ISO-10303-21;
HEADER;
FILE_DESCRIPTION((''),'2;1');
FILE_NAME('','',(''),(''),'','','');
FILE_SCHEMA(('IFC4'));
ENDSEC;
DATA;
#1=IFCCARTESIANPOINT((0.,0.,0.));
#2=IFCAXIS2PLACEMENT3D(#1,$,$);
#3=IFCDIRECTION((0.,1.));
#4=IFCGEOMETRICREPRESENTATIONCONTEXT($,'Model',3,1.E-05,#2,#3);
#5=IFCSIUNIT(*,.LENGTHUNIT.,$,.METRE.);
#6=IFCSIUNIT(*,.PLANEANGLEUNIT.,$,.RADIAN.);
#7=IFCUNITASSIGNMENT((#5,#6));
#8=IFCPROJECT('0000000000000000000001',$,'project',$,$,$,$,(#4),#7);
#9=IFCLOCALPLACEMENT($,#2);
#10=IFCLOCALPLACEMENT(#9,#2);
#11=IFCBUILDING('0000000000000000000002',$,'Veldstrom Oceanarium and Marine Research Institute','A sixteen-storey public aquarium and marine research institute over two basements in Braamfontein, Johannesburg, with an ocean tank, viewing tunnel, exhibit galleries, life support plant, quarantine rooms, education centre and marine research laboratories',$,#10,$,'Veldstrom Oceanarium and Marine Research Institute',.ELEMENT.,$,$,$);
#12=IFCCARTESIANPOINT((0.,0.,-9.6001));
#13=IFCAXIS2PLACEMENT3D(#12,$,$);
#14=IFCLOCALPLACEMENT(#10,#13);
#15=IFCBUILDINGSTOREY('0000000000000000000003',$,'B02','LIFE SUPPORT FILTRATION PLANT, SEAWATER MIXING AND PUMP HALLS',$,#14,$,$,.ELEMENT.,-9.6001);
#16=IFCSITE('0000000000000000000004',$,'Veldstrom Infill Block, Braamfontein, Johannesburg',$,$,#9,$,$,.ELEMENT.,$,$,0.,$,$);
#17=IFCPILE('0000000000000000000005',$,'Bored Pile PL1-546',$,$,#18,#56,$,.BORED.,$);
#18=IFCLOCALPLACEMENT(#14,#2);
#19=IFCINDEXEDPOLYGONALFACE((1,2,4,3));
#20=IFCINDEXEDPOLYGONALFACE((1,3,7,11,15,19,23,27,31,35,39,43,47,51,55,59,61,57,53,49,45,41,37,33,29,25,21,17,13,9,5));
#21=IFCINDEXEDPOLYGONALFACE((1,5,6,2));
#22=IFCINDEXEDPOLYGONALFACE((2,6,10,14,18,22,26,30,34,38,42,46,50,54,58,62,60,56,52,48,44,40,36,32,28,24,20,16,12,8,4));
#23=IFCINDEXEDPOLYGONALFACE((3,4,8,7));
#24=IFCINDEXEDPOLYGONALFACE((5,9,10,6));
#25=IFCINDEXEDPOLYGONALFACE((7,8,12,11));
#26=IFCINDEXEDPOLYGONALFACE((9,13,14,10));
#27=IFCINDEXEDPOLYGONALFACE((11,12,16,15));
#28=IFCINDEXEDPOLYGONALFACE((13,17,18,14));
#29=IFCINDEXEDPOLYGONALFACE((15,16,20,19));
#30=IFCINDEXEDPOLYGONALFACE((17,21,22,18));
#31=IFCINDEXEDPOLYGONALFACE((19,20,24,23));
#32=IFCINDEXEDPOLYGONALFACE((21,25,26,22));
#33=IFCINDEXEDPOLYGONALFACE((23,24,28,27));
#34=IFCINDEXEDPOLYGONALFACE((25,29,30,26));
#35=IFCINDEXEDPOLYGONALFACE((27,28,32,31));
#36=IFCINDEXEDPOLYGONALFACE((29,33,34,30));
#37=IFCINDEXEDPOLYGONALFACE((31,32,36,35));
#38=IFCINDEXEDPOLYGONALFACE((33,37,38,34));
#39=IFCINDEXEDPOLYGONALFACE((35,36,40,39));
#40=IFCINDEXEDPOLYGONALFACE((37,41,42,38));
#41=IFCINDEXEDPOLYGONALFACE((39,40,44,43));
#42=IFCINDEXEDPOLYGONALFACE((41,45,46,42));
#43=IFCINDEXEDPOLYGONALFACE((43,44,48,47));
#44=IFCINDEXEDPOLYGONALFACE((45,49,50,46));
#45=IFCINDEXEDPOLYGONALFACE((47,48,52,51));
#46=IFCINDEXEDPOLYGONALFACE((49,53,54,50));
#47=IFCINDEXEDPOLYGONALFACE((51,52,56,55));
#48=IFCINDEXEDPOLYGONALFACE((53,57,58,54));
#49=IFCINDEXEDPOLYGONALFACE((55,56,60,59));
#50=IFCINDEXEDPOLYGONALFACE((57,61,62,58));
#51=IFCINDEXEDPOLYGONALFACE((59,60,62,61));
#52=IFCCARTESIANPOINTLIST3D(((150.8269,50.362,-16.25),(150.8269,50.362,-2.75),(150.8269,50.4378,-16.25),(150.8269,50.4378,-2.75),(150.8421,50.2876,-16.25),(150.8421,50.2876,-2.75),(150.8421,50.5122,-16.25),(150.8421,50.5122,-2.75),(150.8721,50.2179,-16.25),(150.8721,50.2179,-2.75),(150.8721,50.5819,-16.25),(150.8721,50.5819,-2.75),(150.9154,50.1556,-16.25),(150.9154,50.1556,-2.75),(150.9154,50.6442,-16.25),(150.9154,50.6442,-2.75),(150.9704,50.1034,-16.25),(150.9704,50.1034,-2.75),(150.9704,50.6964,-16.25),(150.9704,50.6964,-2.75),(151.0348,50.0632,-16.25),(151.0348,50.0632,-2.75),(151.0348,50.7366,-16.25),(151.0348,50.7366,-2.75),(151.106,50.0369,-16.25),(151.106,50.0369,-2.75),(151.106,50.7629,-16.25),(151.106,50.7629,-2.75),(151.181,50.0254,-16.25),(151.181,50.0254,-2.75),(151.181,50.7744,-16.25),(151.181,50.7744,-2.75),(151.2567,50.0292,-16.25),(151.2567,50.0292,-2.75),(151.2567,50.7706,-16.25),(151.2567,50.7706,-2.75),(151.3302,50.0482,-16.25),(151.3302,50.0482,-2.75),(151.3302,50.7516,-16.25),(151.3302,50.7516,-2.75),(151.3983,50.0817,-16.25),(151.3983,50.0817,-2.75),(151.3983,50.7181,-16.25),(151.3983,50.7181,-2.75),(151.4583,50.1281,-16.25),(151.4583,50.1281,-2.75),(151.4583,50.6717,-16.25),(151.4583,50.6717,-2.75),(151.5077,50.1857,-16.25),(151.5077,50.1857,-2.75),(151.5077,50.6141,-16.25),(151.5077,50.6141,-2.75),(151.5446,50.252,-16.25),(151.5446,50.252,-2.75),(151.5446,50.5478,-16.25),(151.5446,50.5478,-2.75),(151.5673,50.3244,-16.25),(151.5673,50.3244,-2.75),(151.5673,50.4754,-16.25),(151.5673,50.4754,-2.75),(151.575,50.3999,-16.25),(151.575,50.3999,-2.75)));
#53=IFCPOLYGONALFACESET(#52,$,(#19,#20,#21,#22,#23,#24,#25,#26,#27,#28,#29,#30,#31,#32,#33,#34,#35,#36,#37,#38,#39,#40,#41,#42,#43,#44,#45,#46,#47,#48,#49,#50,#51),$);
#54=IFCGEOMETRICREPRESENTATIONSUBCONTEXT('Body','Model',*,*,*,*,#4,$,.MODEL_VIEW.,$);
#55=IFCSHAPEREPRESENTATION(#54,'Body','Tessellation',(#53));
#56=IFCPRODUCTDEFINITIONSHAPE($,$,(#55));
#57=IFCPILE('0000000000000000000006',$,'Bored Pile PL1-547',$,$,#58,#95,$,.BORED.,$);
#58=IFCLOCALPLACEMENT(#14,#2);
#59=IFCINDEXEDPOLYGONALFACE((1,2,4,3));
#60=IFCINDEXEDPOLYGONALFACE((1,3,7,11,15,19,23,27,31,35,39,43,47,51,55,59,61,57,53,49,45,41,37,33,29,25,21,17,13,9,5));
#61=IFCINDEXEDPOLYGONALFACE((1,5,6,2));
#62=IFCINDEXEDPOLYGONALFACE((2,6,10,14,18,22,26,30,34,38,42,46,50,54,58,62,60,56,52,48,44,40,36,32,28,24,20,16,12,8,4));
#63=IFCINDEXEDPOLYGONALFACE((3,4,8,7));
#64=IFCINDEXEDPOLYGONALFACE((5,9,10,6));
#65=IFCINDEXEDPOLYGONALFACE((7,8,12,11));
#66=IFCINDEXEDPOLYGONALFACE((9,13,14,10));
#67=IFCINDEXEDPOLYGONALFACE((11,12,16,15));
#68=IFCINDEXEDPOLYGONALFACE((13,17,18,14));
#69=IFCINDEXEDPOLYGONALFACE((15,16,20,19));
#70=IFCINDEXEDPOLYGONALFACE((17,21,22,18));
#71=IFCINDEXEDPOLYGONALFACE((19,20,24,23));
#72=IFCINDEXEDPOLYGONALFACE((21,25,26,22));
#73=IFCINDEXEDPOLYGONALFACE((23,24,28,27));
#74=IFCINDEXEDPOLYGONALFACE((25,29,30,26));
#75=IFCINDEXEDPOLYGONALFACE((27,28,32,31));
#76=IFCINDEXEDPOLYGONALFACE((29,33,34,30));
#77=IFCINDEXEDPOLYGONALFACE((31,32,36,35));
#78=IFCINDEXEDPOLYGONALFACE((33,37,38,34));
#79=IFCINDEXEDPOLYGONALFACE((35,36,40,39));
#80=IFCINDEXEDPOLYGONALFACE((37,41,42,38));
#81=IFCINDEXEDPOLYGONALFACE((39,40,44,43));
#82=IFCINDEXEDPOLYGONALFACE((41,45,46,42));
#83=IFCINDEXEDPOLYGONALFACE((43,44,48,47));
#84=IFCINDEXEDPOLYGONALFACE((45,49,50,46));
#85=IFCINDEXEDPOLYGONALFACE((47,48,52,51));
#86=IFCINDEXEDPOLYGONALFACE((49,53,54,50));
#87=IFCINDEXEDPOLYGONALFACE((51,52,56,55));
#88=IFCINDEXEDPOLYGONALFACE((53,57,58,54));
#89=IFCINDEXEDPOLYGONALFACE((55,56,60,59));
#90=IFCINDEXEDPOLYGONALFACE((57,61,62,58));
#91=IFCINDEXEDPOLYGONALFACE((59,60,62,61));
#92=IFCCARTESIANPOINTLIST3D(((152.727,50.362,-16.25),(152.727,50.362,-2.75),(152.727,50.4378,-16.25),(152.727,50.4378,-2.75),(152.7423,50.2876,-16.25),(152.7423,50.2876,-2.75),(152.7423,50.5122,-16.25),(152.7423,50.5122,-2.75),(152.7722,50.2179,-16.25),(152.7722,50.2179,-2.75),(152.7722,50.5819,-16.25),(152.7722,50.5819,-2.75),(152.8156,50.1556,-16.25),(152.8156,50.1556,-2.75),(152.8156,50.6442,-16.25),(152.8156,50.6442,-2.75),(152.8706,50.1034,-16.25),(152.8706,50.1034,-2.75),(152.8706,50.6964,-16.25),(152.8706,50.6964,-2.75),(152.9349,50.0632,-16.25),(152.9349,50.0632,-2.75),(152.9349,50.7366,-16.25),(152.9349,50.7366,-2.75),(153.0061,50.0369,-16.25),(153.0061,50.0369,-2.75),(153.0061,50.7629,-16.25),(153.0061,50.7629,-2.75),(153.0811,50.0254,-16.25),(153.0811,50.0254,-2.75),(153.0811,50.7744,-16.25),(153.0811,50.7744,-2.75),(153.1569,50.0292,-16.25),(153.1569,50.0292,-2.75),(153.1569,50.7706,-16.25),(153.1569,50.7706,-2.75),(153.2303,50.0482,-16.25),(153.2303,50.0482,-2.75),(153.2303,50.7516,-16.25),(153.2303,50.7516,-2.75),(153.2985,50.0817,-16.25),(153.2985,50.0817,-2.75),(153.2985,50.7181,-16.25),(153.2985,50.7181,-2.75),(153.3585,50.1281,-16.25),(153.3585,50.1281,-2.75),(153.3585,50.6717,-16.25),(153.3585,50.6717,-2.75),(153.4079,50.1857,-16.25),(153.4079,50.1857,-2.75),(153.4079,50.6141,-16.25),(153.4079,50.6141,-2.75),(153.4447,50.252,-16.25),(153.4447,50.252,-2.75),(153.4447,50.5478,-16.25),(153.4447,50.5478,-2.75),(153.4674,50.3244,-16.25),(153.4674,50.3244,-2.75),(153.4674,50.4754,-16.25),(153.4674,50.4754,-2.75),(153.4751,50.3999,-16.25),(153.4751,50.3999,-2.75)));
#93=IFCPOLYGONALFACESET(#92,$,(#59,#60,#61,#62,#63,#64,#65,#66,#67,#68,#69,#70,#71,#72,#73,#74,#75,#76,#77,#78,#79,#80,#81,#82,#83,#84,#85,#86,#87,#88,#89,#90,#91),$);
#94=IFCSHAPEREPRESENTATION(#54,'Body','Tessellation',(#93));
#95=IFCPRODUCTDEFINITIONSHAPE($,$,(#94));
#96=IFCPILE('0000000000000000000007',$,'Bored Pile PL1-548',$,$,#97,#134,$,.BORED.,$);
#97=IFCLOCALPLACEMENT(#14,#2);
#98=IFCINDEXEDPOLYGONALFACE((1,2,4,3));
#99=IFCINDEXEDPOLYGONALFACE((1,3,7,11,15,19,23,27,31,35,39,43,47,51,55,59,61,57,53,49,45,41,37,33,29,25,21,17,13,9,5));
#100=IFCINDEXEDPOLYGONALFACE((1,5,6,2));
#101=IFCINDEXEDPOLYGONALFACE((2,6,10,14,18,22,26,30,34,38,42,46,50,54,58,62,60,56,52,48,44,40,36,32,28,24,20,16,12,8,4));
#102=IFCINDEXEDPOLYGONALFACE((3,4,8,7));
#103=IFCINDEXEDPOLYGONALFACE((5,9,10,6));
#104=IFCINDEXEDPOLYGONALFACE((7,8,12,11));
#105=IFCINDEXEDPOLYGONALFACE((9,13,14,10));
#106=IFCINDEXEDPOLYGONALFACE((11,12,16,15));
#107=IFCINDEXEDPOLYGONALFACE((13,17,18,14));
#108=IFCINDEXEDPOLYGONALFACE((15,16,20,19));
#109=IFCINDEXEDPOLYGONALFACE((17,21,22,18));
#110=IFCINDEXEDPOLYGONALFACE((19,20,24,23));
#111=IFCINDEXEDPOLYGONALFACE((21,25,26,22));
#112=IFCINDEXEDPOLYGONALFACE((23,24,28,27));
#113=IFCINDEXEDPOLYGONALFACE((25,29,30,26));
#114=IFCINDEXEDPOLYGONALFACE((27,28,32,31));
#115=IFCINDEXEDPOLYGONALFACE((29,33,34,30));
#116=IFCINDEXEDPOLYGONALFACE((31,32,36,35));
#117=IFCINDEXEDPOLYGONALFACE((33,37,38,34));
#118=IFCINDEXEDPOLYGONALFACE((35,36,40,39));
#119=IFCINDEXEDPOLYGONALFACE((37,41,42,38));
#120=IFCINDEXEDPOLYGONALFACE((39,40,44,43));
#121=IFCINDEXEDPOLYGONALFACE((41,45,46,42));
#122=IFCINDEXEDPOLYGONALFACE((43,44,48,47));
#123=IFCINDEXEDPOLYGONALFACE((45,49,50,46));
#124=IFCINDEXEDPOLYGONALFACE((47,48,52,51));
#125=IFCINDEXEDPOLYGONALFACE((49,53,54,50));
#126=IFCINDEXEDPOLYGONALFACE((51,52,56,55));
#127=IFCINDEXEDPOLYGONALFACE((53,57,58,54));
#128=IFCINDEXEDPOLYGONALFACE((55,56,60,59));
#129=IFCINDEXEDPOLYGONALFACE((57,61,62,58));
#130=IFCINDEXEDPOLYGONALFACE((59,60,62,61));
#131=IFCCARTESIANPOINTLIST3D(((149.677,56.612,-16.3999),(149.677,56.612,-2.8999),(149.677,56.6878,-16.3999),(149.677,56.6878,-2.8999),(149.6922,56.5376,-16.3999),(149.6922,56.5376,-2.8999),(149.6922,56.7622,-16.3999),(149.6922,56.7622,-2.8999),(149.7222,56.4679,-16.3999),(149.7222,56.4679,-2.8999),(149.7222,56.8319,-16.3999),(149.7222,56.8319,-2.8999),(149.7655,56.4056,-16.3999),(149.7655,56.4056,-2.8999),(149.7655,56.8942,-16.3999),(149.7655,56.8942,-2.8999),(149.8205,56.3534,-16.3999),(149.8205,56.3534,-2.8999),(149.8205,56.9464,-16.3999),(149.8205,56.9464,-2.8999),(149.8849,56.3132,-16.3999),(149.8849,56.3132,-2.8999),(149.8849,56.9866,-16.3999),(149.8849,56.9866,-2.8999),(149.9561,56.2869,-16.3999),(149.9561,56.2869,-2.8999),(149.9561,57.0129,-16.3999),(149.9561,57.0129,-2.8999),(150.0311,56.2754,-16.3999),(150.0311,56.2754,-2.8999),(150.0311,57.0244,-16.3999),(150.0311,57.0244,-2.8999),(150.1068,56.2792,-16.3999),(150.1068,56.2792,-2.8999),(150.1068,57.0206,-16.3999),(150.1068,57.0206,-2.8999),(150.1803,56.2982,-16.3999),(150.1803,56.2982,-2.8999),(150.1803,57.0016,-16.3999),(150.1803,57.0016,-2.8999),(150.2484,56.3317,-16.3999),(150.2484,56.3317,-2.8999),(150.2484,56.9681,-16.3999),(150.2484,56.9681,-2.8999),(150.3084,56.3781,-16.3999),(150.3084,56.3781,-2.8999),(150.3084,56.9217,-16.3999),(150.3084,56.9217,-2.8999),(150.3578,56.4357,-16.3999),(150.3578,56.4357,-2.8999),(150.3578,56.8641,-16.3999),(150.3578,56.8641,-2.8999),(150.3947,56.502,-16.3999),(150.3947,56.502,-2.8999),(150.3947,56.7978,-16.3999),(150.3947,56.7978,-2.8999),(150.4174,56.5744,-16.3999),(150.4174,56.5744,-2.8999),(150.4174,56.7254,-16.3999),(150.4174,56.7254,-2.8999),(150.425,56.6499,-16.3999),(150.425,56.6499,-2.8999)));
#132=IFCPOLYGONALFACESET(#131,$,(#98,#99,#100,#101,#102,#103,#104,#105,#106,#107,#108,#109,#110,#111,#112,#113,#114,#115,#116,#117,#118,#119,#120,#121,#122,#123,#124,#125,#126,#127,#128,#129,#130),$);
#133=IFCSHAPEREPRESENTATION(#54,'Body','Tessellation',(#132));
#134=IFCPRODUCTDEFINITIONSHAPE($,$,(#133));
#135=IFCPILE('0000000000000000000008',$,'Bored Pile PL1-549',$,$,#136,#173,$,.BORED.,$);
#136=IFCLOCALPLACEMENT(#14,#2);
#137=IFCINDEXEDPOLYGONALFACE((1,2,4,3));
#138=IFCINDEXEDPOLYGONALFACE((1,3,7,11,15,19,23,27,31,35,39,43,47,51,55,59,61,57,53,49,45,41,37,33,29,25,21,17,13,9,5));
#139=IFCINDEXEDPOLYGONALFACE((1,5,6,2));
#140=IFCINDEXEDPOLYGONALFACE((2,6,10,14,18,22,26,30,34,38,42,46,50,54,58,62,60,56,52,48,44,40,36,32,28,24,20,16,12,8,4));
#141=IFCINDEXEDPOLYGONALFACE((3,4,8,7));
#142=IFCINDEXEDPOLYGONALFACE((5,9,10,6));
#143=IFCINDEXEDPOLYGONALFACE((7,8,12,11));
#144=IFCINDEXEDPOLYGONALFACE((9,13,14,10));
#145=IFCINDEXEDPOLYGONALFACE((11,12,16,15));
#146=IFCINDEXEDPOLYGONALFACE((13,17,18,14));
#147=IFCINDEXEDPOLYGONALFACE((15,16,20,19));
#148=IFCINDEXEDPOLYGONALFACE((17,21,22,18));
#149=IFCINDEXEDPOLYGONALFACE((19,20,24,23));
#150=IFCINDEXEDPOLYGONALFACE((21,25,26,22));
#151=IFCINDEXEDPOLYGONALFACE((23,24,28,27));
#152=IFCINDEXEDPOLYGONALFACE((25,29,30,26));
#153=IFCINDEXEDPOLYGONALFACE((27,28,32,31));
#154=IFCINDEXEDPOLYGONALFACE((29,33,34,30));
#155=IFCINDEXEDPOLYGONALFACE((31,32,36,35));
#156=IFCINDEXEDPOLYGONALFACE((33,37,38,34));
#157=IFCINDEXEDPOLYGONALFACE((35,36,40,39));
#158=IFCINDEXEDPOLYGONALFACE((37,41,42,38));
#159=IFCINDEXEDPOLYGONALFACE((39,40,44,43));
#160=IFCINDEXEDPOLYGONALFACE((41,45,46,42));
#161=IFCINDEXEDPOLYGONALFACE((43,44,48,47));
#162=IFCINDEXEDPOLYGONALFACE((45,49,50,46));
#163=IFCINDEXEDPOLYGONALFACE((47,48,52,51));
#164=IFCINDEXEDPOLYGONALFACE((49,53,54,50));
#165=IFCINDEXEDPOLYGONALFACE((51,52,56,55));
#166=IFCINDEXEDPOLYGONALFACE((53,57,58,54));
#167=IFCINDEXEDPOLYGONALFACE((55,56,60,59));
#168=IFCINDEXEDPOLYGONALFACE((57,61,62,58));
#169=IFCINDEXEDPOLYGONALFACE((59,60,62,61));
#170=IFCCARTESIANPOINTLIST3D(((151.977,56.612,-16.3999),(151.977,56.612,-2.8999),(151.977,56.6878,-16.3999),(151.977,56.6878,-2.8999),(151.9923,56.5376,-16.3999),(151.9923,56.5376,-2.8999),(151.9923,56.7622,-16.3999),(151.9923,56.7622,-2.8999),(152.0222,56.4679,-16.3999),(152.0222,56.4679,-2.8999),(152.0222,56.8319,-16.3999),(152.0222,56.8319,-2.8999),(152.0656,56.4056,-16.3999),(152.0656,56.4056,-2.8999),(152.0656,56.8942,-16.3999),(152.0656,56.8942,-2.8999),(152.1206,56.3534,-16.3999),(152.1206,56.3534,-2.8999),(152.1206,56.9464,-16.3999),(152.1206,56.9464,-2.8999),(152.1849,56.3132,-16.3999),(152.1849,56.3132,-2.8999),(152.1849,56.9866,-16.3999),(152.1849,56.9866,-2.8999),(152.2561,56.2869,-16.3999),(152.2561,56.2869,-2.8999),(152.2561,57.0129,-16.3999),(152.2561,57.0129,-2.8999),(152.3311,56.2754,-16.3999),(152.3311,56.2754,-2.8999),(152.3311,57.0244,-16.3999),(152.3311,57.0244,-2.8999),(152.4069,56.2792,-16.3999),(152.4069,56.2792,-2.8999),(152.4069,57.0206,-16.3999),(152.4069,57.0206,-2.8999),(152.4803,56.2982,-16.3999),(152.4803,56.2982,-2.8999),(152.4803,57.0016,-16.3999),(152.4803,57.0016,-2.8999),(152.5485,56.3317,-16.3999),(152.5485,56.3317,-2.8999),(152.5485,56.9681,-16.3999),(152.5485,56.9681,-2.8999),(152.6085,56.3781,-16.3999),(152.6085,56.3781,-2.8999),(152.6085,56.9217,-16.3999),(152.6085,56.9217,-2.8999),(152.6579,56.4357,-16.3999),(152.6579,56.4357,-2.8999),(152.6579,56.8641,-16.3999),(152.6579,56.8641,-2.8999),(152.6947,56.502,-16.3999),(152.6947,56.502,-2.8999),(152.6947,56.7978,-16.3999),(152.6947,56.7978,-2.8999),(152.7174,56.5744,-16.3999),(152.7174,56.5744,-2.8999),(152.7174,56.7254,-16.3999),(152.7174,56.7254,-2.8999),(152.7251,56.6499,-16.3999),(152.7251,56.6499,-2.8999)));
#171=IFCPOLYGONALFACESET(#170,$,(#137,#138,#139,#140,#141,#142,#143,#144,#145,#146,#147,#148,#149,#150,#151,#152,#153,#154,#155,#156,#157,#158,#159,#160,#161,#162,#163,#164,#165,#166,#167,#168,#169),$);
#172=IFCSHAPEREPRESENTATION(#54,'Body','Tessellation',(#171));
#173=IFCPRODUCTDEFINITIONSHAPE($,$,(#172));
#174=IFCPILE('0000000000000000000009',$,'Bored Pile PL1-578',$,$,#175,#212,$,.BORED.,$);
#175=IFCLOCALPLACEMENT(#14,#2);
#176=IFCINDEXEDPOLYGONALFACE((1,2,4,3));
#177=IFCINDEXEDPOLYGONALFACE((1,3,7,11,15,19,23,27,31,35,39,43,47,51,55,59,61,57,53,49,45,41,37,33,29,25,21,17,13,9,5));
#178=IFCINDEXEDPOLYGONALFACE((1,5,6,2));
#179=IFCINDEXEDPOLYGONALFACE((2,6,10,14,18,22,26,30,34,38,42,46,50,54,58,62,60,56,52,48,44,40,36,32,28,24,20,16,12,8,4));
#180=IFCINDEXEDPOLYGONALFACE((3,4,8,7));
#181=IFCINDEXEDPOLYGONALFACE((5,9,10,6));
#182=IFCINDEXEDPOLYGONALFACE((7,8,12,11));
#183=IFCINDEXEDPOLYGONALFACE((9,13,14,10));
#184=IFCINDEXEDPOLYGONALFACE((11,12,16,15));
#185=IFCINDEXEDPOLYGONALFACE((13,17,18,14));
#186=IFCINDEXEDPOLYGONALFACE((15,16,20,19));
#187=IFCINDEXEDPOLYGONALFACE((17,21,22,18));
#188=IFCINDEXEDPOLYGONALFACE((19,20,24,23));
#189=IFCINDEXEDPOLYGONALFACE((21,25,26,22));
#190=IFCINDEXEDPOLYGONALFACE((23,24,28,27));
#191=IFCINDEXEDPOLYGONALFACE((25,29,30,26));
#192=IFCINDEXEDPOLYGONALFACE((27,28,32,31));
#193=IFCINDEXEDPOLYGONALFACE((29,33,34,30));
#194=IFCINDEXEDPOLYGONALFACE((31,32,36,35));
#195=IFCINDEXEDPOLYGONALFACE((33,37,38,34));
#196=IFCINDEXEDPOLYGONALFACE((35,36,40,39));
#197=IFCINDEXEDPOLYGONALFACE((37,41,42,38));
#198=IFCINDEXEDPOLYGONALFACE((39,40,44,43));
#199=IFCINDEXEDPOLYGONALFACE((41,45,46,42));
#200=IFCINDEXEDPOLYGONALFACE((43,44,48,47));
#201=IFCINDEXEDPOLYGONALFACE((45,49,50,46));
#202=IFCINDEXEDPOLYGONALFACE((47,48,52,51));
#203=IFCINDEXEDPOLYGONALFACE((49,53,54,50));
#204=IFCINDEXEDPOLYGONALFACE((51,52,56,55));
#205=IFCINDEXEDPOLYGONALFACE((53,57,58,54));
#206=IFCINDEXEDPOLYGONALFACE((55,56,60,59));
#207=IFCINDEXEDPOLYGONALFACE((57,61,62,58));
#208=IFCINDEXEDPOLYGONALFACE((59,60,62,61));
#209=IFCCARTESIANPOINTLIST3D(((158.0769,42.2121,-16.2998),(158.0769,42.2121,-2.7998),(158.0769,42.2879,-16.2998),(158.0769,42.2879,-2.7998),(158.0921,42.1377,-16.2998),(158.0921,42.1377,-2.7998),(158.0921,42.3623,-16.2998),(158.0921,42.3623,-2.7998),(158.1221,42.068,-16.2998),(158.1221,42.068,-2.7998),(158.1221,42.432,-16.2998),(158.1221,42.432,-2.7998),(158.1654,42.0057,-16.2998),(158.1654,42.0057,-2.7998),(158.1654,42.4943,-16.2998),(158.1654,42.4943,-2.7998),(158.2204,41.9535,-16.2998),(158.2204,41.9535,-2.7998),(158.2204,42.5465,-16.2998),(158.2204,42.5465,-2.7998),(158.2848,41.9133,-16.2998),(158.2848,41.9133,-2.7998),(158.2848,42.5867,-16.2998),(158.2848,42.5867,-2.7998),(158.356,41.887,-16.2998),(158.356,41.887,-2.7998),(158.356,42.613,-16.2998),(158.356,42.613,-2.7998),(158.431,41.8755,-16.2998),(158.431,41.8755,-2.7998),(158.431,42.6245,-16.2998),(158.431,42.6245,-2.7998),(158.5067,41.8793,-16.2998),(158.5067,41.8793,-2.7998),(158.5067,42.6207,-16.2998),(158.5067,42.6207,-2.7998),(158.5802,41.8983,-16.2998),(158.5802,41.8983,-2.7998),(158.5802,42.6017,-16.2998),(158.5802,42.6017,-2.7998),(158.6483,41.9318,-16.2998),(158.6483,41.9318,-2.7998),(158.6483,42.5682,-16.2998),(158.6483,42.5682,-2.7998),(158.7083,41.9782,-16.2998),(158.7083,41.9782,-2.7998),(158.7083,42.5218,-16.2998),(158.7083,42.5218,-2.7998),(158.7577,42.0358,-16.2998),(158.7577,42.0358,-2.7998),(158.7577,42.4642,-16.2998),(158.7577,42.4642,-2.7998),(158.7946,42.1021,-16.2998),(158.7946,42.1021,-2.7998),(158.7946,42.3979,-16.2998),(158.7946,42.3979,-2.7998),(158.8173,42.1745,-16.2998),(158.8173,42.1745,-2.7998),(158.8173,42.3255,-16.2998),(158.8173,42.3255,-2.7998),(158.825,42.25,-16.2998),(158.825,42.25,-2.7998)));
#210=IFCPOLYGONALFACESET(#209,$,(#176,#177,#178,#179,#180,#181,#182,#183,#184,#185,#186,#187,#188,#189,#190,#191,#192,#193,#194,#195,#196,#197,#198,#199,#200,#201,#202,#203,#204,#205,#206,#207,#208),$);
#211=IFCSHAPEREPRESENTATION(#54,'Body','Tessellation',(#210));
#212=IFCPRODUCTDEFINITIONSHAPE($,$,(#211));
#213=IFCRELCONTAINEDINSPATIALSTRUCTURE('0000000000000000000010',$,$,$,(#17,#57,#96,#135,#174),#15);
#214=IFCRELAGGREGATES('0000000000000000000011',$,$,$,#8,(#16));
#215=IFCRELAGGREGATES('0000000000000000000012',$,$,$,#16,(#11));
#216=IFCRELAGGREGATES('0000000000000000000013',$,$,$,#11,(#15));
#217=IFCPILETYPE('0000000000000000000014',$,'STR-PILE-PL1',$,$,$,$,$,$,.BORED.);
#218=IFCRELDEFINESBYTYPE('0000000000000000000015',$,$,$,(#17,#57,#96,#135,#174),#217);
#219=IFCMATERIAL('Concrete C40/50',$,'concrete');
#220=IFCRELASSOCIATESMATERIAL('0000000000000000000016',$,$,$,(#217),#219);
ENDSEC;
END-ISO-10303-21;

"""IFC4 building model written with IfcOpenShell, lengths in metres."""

from ifc_helpers import new_model, si_unit, direction, frame, origin, origin_2d, place, context, subcontext, project, spatial, circle, extrude, material, material_profile, profile_set, type_object, element, save


model = new_model("IFC4")

# Units and contexts
model_context = context("Model", 3, precision=1e-05, world=origin(), true_north=direction((0.0, 1.0)))
body_context = subcontext(model_context, "Body", "Model", "MODEL_VIEW")
ifc_project = project(units=[si_unit("LENGTHUNIT", "METRE"), si_unit("PLANEANGLEUNIT", "RADIAN")], contexts=[model_context])

# Site, building, storey
site_placement = place(None, origin())
site = spatial("IfcSite", under=ifc_project, at=site_placement, Name="Veldstrom Infill Block, Braamfontein, Johannesburg", CompositionType="ELEMENT", RefElevation=0.0)
building_placement = place(site_placement, origin())
building = spatial("IfcBuilding", under=site, at=building_placement, Name="Veldstrom Oceanarium and Marine Research Institute", Description="A sixteen-storey public aquarium and marine research institute over two basements in Braamfontein, Johannesburg, with an ocean tank, viewing tunnel, exhibit galleries, life support plant, quarantine rooms, education centre and marine research laboratories", LongName="Veldstrom Oceanarium and Marine Research Institute", CompositionType="ELEMENT")
storey_placement = place(building_placement, frame((0.0, 0.0, -9.6001)))
storey = spatial("IfcBuildingStorey", under=building, at=storey_placement, Name="B02", Description="LIFE SUPPORT FILTRATION PLANT, SEAWATER MIXING AND PUMP HALLS", CompositionType="ELEMENT", Elevation=-9.6001)

# Piles
ifc_material_1 = material(Name="Concrete C40/50", Category="concrete")
ifc_material_profile_1 = material_profile(ifc_material_1, circle(Radius=0.375, at=origin_2d()), Name="PILE-D750")
ifc_profile_set_1 = profile_set([ifc_material_profile_1], Name="Concrete C40/50")
pile_type = type_object("IfcPileType", Name="STR-PILE-PL1", PredefinedType="BORED", material=ifc_profile_set_1)
for number, where, z_axis, x_axis, name in (
    (1, (151.2, 50.3999, -2.75), (0.0, 0.0, -1.0), (1.0, 0.0, 0.0), "Bored Pile PL1-546"),
    (2, (153.1001, 50.3999, -2.75), (0.0, 0.0, -1.0), (1.0, 0.0, 0.0), "Bored Pile PL1-547"),
    (3, (150.05, 56.6499, -2.8999), (0.0, 0.0, -1.0), (1.0, 0.0, 0.0), "Bored Pile PL1-548"),
    (4, (152.3501, 56.6499, -2.8999), (0.0, 0.0, -1.0), (1.0, 0.0, 0.0), "Bored Pile PL1-549"),
    (5, (158.45, 42.25, -2.7998), (0.0, 0.0, -1.0), (1.0, 0.0, 0.0), "Bored Pile PL1-578"),
):
    element("IfcPile", number, at=place(storey_placement, frame(where, z_axis=z_axis, x_axis=x_axis)), inside=storey, type_object=pile_type, Name=name, PredefinedType="BORED", context=body_context, shape_type="SweptSolid", body=[
        extrude(circle(Radius=0.375, at=origin_2d()), origin(), (0.0, 0.0, 1.0), 13.5),
    ])

save(model, "model.ifc")
